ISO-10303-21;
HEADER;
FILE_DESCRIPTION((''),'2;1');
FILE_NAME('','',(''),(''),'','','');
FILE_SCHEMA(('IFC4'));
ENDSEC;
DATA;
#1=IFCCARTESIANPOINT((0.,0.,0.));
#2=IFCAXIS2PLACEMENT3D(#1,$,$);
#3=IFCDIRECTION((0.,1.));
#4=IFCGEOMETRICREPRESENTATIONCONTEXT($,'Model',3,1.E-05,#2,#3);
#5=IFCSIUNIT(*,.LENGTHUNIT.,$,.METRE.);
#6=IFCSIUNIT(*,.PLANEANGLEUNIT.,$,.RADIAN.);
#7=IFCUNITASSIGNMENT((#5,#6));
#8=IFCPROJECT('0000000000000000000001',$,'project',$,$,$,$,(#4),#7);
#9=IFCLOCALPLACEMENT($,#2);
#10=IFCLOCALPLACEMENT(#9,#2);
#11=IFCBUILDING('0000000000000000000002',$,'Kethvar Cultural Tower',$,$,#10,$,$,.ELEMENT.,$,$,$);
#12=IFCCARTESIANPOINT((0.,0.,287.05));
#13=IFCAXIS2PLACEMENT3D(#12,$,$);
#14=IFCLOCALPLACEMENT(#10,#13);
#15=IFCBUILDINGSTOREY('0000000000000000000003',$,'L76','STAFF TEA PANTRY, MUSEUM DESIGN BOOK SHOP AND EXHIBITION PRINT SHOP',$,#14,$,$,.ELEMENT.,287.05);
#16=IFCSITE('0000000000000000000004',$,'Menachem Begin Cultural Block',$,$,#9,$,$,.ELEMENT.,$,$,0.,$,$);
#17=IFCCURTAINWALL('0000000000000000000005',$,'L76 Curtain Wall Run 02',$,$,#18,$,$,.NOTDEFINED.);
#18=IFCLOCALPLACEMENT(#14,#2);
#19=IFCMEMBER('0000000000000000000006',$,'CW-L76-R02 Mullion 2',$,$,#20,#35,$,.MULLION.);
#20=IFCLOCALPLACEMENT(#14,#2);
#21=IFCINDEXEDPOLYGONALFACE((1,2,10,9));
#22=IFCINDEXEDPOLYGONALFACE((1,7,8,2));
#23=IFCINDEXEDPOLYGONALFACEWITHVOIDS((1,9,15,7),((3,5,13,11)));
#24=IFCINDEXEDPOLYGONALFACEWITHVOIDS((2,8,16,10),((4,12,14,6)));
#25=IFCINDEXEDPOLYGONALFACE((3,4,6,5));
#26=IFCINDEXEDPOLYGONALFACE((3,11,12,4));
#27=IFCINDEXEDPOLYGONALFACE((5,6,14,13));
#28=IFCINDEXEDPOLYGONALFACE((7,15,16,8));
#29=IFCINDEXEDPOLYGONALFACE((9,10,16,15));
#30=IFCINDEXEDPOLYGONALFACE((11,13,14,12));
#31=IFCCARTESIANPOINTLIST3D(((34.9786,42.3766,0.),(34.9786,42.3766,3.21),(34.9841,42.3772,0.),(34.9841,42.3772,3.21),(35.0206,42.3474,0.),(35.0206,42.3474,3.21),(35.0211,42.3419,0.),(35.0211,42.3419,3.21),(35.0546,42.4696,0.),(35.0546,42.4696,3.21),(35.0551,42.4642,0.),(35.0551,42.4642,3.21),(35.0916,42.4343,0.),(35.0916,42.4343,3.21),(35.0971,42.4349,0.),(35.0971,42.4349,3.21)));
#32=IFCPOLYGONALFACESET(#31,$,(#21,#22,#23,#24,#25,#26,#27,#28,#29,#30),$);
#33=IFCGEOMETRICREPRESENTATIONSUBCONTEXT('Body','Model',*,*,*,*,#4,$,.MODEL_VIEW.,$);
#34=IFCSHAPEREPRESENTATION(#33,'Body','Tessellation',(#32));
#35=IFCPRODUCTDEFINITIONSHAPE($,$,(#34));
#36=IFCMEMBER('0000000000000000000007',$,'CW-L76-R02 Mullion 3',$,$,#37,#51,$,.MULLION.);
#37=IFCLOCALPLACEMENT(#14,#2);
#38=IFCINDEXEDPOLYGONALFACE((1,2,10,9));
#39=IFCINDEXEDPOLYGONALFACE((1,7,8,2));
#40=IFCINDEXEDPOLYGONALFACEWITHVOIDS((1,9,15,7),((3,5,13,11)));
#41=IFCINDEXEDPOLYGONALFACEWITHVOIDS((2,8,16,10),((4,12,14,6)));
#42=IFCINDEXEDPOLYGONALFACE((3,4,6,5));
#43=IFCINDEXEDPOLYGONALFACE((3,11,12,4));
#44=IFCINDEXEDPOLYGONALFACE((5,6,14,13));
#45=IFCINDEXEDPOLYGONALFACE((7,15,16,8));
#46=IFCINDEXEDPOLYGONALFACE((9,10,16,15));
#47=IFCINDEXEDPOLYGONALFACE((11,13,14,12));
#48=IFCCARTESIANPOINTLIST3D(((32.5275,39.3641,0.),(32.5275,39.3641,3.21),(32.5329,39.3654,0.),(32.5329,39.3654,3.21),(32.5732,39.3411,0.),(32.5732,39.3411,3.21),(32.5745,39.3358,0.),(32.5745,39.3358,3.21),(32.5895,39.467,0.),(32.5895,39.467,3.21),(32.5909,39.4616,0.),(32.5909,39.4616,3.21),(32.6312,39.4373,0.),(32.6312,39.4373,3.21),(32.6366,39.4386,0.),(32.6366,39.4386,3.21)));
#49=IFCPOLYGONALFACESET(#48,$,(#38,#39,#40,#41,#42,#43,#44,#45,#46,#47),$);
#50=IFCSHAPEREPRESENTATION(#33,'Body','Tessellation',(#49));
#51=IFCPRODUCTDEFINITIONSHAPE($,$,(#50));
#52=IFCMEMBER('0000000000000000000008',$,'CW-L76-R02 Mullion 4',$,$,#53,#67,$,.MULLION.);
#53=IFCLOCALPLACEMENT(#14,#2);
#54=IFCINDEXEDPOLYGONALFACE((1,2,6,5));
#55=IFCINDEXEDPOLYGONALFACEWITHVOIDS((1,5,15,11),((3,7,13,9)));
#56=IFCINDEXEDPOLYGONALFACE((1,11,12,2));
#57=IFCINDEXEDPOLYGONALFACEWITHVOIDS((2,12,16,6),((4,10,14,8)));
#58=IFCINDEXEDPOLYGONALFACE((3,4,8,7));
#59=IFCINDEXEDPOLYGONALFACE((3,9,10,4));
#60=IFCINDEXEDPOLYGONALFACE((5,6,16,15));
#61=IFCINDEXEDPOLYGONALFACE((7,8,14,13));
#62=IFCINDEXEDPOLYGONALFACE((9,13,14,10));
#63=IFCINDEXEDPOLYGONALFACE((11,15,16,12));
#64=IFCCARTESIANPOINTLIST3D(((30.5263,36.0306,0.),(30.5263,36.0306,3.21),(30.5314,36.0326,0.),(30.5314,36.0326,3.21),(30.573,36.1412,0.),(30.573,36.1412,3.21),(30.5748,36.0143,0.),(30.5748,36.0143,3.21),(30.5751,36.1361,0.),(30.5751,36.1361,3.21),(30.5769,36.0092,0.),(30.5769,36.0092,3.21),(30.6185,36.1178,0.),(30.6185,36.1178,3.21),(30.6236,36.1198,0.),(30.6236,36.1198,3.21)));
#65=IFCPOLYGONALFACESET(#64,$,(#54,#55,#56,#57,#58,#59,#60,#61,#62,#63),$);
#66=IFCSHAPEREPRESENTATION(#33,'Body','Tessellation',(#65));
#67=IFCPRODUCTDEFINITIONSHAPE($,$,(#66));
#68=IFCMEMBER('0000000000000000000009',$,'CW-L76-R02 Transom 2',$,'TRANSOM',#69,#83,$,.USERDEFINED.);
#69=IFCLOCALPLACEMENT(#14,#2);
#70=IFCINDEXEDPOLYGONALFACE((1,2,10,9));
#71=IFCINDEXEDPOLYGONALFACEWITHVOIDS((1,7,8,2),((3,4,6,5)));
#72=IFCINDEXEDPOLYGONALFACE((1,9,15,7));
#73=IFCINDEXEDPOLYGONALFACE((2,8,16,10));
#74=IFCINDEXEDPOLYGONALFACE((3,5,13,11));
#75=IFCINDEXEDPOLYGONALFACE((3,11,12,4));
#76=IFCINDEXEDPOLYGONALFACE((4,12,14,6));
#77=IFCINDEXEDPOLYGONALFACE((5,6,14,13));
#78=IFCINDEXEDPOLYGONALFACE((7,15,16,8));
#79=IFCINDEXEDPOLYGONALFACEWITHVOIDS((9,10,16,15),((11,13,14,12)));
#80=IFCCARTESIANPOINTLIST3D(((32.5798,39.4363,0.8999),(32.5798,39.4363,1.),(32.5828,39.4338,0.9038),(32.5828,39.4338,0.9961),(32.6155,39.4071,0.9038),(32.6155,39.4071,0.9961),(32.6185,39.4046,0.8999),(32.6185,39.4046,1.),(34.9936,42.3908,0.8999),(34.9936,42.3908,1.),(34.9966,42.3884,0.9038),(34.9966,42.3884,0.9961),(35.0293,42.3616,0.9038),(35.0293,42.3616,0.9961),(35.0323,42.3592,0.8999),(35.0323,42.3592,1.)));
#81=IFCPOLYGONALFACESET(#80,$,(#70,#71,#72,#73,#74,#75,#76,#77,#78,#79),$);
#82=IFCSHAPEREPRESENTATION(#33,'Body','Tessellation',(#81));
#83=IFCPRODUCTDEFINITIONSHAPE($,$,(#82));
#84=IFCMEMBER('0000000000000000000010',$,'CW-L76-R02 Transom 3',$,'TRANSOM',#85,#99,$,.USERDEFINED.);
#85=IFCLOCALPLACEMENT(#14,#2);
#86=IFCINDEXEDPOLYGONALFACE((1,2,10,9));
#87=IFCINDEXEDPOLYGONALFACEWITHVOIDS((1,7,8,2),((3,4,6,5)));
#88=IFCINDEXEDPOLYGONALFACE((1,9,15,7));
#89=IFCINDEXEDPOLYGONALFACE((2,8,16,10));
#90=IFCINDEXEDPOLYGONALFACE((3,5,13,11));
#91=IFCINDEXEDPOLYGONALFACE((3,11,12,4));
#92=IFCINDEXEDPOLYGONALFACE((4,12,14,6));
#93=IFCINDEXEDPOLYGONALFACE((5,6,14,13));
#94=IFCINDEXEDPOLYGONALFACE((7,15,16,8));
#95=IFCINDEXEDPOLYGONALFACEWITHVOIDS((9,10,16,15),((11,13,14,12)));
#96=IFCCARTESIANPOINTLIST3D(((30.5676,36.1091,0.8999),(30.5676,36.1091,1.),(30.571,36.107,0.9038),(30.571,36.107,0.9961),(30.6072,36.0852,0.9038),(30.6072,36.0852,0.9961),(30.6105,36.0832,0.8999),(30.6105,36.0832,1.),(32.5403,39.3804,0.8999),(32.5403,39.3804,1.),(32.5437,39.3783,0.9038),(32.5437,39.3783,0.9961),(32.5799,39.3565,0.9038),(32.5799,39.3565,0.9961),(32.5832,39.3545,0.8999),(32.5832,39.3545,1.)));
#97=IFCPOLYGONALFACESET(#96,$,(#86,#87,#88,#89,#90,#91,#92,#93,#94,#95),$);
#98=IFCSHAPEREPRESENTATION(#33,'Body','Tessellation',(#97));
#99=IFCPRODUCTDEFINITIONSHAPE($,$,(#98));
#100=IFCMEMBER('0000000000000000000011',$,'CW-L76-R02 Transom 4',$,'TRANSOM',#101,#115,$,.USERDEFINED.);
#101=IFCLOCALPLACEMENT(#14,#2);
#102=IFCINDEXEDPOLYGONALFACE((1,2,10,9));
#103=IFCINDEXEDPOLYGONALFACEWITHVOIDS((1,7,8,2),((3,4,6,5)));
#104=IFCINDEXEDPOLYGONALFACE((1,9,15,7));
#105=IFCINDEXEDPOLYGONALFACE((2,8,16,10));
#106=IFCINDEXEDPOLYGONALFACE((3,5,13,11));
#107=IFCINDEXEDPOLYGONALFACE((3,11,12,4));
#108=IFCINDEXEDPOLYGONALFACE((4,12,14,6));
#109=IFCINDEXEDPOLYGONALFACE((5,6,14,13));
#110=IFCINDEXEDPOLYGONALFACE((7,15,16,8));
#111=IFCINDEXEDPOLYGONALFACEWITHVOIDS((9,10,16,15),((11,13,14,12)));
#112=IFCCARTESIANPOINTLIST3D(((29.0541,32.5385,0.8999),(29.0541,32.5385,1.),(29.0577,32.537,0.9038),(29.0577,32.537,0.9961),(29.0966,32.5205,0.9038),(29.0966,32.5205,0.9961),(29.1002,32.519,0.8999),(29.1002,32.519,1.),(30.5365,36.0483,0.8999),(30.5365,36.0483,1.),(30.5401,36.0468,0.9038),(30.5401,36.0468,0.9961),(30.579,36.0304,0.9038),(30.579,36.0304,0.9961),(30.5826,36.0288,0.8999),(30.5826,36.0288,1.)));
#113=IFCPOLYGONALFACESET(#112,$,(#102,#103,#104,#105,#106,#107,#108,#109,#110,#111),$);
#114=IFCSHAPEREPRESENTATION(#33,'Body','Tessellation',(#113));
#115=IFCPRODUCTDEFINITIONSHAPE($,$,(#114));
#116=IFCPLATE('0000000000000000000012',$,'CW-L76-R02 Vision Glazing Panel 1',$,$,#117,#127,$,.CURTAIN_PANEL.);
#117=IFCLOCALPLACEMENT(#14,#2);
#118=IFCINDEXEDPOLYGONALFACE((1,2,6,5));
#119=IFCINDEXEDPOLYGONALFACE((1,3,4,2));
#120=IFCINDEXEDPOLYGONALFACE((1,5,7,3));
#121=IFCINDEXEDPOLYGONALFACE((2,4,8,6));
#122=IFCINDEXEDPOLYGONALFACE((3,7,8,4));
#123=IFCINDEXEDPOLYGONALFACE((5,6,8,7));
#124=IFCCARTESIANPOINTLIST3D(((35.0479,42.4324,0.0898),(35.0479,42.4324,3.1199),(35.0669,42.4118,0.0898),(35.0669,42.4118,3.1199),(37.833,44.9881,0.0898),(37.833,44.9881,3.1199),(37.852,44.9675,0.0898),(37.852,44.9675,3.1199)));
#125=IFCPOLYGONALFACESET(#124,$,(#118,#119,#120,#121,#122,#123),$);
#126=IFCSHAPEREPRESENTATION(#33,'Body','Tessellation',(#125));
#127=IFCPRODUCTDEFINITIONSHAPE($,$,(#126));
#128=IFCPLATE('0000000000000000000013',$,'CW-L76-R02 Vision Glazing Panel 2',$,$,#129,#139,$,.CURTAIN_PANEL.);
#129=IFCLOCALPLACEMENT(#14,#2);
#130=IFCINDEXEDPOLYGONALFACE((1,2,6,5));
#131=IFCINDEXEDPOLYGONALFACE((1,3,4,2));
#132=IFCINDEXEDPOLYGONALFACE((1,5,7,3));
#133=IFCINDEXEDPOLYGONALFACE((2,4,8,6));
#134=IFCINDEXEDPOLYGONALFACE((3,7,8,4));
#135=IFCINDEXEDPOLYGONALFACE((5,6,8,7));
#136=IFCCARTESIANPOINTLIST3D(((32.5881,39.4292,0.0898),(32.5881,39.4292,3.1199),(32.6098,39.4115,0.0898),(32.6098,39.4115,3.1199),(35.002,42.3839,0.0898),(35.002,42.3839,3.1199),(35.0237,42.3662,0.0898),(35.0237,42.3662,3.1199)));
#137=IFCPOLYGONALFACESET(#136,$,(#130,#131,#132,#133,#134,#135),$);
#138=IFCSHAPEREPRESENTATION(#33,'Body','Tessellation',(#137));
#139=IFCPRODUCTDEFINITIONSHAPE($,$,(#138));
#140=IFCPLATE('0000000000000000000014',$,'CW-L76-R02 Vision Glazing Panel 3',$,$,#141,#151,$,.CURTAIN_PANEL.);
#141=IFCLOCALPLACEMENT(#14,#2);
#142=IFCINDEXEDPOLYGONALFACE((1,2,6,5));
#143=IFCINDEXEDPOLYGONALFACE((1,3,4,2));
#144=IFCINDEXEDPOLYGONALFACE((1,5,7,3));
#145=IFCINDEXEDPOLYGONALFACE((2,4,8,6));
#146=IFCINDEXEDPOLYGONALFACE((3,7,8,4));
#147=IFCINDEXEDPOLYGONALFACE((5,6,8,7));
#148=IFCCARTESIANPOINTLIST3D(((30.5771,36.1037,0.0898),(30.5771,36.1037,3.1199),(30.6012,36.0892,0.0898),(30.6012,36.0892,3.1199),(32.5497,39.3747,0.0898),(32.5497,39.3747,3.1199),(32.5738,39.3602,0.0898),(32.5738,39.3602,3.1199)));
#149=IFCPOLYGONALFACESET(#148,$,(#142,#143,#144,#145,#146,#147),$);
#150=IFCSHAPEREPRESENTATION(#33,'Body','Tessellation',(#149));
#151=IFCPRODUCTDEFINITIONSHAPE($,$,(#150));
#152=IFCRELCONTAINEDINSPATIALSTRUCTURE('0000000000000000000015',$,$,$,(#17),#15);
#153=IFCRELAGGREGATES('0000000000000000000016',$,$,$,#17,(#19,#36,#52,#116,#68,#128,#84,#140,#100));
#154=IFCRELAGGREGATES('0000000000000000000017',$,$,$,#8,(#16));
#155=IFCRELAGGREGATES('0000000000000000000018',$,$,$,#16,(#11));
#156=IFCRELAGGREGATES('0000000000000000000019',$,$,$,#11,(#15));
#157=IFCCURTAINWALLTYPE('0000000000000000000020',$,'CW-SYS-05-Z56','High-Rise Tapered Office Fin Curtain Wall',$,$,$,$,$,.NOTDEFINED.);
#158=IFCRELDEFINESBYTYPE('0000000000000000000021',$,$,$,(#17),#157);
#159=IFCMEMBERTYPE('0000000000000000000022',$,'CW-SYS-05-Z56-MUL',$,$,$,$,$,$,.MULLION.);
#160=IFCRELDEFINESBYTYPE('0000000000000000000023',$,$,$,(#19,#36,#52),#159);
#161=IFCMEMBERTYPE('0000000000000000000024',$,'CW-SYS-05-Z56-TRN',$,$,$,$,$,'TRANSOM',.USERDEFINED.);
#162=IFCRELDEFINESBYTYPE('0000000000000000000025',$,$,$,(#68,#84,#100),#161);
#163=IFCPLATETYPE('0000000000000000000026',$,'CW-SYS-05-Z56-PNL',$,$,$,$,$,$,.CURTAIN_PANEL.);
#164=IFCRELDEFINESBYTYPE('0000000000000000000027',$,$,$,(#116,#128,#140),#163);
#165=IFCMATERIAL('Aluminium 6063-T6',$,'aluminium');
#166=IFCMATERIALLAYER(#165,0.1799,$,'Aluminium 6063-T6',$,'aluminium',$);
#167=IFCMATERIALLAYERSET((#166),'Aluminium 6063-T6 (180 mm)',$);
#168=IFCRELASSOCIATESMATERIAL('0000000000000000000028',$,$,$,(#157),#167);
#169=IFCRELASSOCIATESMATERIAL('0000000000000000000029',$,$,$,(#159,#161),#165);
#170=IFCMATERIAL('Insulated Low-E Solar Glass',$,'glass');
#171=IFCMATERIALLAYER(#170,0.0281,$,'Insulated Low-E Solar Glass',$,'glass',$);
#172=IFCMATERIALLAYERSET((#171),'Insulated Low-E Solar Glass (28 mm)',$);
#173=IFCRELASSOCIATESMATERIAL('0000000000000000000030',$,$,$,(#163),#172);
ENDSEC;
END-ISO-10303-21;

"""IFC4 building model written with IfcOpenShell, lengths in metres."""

from ifc_helpers import new_model, si_unit, direction, frame, origin, origin_2d, place, context, subcontext, project, spatial, rectangle, hollow_rectangle, extrude, source, transform, mapped, material, layer, layer_set, material_profile, profile_set, type_object, element, aggregate, save


model = new_model("IFC4")

# Units and contexts
model_context = context("Model", 3, precision=1e-05, world=origin(), true_north=direction((0.0, 1.0)))
body_context = subcontext(model_context, "Body", "Model", "MODEL_VIEW")
ifc_project = project(units=[si_unit("LENGTHUNIT", "METRE"), si_unit("PLANEANGLEUNIT", "RADIAN")], contexts=[model_context])

# Site, building, storey
site_placement = place(None, origin())
site = spatial("IfcSite", under=ifc_project, at=site_placement, Name="Menachem Begin Cultural Block", CompositionType="ELEMENT", RefElevation=0.0)
building_placement = place(site_placement, origin())
building = spatial("IfcBuilding", under=site, at=building_placement, Name="Kethvar Cultural Tower", CompositionType="ELEMENT")
storey_placement = place(building_placement, frame((0.0, 0.0, 287.05)))
storey = spatial("IfcBuildingStorey", under=building, at=storey_placement, Name="L76", Description="STAFF TEA PANTRY, MUSEUM DESIGN BOOK SHOP AND EXHIBITION PRINT SHOP", CompositionType="ELEMENT", Elevation=287.05)

# Curtain wall, members, plates
ifc_material_1 = material(Name="Aluminium 6063-T6", Category="aluminium")
ifc_layer_1 = layer(ifc_material_1, 0.1799, Name="Aluminium 6063-T6", Category="aluminium")
ifc_layer_set_1 = layer_set([ifc_layer_1], Name="Aluminium 6063-T6 (180 mm)")
curtain_wall_type = type_object("IfcCurtainWallType", Name="CW-SYS-05-Z56", Description="High-Rise Tapered Office Fin Curtain Wall", PredefinedType="NOTDEFINED", material=ifc_layer_set_1)
curtain_wall_placement = place(storey_placement, origin())
curtain_wall = element("IfcCurtainWall", 1, at=curtain_wall_placement, inside=storey, type_object=curtain_wall_type, Name="L76 Curtain Wall Run 02", PredefinedType="NOTDEFINED")
ifc_material_profile_1 = material_profile(ifc_material_1, hollow_rectangle(XDim=0.0549, YDim=0.1201, WallThickness=0.0039, at=origin_2d()), Name="Aluminium 6063-T6 — RHS120x55x4")
ifc_profile_set_1 = profile_set([ifc_material_profile_1], Name="Aluminium 6063-T6 — RHS120x55x4")
member_type_1 = type_object("IfcMemberType", Name="CW-SYS-05-Z56-MUL", PredefinedType="MULLION", material=ifc_profile_set_1)
shared_shape_1 = source(origin(), body_context, "Body", "SweptSolid", [
    extrude(hollow_rectangle(XDim=0.0549, YDim=0.1201, WallThickness=0.0039, at=origin_2d()), origin(), (0.0, 0.0, 1.0), 3.21),
])
member_1_placement = place(storey_placement, frame((35.0378, 42.4058, 0.0), z_axis=(0.0, 0.0, 1.0), x_axis=(0.774415, -0.632678, 0.0)))
member_1 = element("IfcMember", 2, at=member_1_placement, type_object=member_type_1, Name="CW-L76-R02 Mullion 2", PredefinedType="MULLION", context=body_context, shape_type="MappedRepresentation", body=[
    mapped(shared_shape_1, transform((0.0, 0.0, 0.0), scale=1.0)),
])
member_2_placement = place(storey_placement, frame((32.582, 39.4014, 0.0), z_axis=(0.0, 0.0, 1.0), x_axis=(0.856339, -0.516414, 0.0)))
member_2 = element("IfcMember", 3, at=member_2_placement, type_object=member_type_1, Name="CW-L76-R02 Mullion 3", PredefinedType="MULLION", context=body_context, shape_type="MappedRepresentation", body=[
    mapped(shared_shape_1, transform((0.0, 0.0, 0.0), scale=1.0)),
])
member_3_placement = place(storey_placement, frame((30.575, 36.0752, 0.0), z_axis=(0.0, 0.0, 1.0), x_axis=(0.921206, -0.389076, 0.0)))
member_3 = element("IfcMember", 4, at=member_3_placement, type_object=member_type_1, Name="CW-L76-R02 Mullion 4", PredefinedType="MULLION", context=body_context, shape_type="MappedRepresentation", body=[
    mapped(shared_shape_1, transform((0.0, 0.0, 0.0), scale=1.0)),
])
ifc_material_profile_2 = material_profile(ifc_material_1, hollow_rectangle(XDim=0.05, YDim=0.1001, WallThickness=0.0039, at=origin_2d()), Name="Aluminium 6063-T6 — RHS100x50x4")
ifc_profile_set_2 = profile_set([ifc_material_profile_2], Name="Aluminium 6063-T6 — RHS100x50x4")
member_type_2 = type_object("IfcMemberType", Name="CW-SYS-05-Z56-TRN", ElementType="TRANSOM", PredefinedType="USERDEFINED", material=ifc_profile_set_2)
shared_shape_2 = source(origin(), body_context, "Body", "SweptSolid", [
    extrude(hollow_rectangle(XDim=0.05, YDim=0.1001, WallThickness=0.0039, at=origin_2d()), origin(), (0.0, 0.0, 1.0), 3.8152),
])
member_4_placement = place(storey_placement, frame((35.0129, 42.375, 0.95), z_axis=(-0.632677, -0.774416, 0.0), x_axis=(0.774416, -0.632677, 0.0)))
member_4 = element("IfcMember", 5, at=member_4_placement, type_object=member_type_2, Name="CW-L76-R02 Transom 2", ObjectType="TRANSOM", PredefinedType="USERDEFINED", context=body_context, shape_type="MappedRepresentation", body=[
    mapped(shared_shape_2, transform((0.0, 0.0, 0.0), scale=1.0)),
])
shared_shape_3 = source(origin(), body_context, "Body", "SweptSolid", [
    extrude(hollow_rectangle(XDim=0.05, YDim=0.1001, WallThickness=0.0039, at=origin_2d()), origin(), (0.0, 0.0, 1.0), 3.8201),
])
member_5_placement = place(storey_placement, frame((32.5618, 39.3674, 0.95), z_axis=(-0.516402, -0.856346, 0.0), x_axis=(0.856346, -0.516402, 0.0)))
member_5 = element("IfcMember", 6, at=member_5_placement, type_object=member_type_2, Name="CW-L76-R02 Transom 3", ObjectType="TRANSOM", PredefinedType="USERDEFINED", context=body_context, shape_type="MappedRepresentation", body=[
    mapped(shared_shape_3, transform((0.0, 0.0, 0.0), scale=1.0)),
])
shared_shape_4 = source(origin(), body_context, "Body", "SweptSolid", [
    extrude(hollow_rectangle(XDim=0.05, YDim=0.1001, WallThickness=0.0039, at=origin_2d()), origin(), (0.0, 0.0, 1.0), 3.8101),
])
member_6_placement = place(storey_placement, frame((30.5596, 36.0386, 0.95), z_axis=(-0.389088, -0.921201, 0.0), x_axis=(0.921201, -0.389088, 0.0)))
member_6 = element("IfcMember", 7, at=member_6_placement, type_object=member_type_2, Name="CW-L76-R02 Transom 4", ObjectType="TRANSOM", PredefinedType="USERDEFINED", context=body_context, shape_type="MappedRepresentation", body=[
    mapped(shared_shape_4, transform((0.0, 0.0, 0.0), scale=1.0)),
])
ifc_material_2 = material(Name="Insulated Low-E Solar Glass", Category="glass")
ifc_layer_2 = layer(ifc_material_2, 0.0281, Name="Insulated Low-E Solar Glass", Category="glass")
ifc_layer_set_2 = layer_set([ifc_layer_2], Name="Insulated Low-E Solar Glass (28 mm)")
plate_type = type_object("IfcPlateType", Name="CW-SYS-05-Z56-PNL", PredefinedType="CURTAIN_PANEL", material=ifc_layer_set_2)
shared_shape_5 = source(origin(), body_context, "Body", "SweptSolid", [
    extrude(rectangle(XDim=3.78, YDim=0.0281, at=origin_2d()), origin(), (0.0, 0.0, 1.0), 3.03),
])
plate_1_placement = place(storey_placement, frame((36.45, 43.7, 0.0898), z_axis=(0.0, 0.0, 1.0), x_axis=(-0.736806, -0.676105, 0.0)))
plate_1 = element("IfcPlate", 8, at=plate_1_placement, type_object=plate_type, Name="CW-L76-R02 Vision Glazing Panel 1", PredefinedType="CURTAIN_PANEL", context=body_context, shape_type="MappedRepresentation", body=[
    mapped(shared_shape_5, transform((0.0, 0.0, 0.0), scale=1.0)),
])
shared_shape_6 = source(origin(), body_context, "Body", "SweptSolid", [
    extrude(rectangle(XDim=3.8154, YDim=0.0281, at=origin_2d()), origin(), (0.0, 0.0, 1.0), 3.03),
])
plate_2_placement = place(storey_placement, frame((33.8059, 40.8977, 0.0898), z_axis=(0.0, 0.0, 1.0), x_axis=(-0.632678, -0.774415, 0.0)))
plate_2 = element("IfcPlate", 9, at=plate_2_placement, type_object=plate_type, Name="CW-L76-R02 Vision Glazing Panel 2", PredefinedType="CURTAIN_PANEL", context=body_context, shape_type="MappedRepresentation", body=[
    mapped(shared_shape_6, transform((0.0, 0.0, 0.0), scale=1.0)),
])
shared_shape_7 = source(origin(), body_context, "Body", "SweptSolid", [
    extrude(rectangle(XDim=3.8198, YDim=0.0281, at=origin_2d()), origin(), (0.0, 0.0, 1.0), 3.03),
])
plate_3_placement = place(storey_placement, frame((31.5754, 37.7319, 0.0898), z_axis=(0.0, 0.0, 1.0), x_axis=(-0.516414, -0.856339, 0.0)))
plate_3 = element("IfcPlate", 10, at=plate_3_placement, type_object=plate_type, Name="CW-L76-R02 Vision Glazing Panel 3", PredefinedType="CURTAIN_PANEL", context=body_context, shape_type="MappedRepresentation", body=[
    mapped(shared_shape_7, transform((0.0, 0.0, 0.0), scale=1.0)),
])
aggregate(curtain_wall, [member_1, member_2, member_3, plate_1, member_4, plate_2, member_5, plate_3, member_6])

save(model, "model.ifc")
